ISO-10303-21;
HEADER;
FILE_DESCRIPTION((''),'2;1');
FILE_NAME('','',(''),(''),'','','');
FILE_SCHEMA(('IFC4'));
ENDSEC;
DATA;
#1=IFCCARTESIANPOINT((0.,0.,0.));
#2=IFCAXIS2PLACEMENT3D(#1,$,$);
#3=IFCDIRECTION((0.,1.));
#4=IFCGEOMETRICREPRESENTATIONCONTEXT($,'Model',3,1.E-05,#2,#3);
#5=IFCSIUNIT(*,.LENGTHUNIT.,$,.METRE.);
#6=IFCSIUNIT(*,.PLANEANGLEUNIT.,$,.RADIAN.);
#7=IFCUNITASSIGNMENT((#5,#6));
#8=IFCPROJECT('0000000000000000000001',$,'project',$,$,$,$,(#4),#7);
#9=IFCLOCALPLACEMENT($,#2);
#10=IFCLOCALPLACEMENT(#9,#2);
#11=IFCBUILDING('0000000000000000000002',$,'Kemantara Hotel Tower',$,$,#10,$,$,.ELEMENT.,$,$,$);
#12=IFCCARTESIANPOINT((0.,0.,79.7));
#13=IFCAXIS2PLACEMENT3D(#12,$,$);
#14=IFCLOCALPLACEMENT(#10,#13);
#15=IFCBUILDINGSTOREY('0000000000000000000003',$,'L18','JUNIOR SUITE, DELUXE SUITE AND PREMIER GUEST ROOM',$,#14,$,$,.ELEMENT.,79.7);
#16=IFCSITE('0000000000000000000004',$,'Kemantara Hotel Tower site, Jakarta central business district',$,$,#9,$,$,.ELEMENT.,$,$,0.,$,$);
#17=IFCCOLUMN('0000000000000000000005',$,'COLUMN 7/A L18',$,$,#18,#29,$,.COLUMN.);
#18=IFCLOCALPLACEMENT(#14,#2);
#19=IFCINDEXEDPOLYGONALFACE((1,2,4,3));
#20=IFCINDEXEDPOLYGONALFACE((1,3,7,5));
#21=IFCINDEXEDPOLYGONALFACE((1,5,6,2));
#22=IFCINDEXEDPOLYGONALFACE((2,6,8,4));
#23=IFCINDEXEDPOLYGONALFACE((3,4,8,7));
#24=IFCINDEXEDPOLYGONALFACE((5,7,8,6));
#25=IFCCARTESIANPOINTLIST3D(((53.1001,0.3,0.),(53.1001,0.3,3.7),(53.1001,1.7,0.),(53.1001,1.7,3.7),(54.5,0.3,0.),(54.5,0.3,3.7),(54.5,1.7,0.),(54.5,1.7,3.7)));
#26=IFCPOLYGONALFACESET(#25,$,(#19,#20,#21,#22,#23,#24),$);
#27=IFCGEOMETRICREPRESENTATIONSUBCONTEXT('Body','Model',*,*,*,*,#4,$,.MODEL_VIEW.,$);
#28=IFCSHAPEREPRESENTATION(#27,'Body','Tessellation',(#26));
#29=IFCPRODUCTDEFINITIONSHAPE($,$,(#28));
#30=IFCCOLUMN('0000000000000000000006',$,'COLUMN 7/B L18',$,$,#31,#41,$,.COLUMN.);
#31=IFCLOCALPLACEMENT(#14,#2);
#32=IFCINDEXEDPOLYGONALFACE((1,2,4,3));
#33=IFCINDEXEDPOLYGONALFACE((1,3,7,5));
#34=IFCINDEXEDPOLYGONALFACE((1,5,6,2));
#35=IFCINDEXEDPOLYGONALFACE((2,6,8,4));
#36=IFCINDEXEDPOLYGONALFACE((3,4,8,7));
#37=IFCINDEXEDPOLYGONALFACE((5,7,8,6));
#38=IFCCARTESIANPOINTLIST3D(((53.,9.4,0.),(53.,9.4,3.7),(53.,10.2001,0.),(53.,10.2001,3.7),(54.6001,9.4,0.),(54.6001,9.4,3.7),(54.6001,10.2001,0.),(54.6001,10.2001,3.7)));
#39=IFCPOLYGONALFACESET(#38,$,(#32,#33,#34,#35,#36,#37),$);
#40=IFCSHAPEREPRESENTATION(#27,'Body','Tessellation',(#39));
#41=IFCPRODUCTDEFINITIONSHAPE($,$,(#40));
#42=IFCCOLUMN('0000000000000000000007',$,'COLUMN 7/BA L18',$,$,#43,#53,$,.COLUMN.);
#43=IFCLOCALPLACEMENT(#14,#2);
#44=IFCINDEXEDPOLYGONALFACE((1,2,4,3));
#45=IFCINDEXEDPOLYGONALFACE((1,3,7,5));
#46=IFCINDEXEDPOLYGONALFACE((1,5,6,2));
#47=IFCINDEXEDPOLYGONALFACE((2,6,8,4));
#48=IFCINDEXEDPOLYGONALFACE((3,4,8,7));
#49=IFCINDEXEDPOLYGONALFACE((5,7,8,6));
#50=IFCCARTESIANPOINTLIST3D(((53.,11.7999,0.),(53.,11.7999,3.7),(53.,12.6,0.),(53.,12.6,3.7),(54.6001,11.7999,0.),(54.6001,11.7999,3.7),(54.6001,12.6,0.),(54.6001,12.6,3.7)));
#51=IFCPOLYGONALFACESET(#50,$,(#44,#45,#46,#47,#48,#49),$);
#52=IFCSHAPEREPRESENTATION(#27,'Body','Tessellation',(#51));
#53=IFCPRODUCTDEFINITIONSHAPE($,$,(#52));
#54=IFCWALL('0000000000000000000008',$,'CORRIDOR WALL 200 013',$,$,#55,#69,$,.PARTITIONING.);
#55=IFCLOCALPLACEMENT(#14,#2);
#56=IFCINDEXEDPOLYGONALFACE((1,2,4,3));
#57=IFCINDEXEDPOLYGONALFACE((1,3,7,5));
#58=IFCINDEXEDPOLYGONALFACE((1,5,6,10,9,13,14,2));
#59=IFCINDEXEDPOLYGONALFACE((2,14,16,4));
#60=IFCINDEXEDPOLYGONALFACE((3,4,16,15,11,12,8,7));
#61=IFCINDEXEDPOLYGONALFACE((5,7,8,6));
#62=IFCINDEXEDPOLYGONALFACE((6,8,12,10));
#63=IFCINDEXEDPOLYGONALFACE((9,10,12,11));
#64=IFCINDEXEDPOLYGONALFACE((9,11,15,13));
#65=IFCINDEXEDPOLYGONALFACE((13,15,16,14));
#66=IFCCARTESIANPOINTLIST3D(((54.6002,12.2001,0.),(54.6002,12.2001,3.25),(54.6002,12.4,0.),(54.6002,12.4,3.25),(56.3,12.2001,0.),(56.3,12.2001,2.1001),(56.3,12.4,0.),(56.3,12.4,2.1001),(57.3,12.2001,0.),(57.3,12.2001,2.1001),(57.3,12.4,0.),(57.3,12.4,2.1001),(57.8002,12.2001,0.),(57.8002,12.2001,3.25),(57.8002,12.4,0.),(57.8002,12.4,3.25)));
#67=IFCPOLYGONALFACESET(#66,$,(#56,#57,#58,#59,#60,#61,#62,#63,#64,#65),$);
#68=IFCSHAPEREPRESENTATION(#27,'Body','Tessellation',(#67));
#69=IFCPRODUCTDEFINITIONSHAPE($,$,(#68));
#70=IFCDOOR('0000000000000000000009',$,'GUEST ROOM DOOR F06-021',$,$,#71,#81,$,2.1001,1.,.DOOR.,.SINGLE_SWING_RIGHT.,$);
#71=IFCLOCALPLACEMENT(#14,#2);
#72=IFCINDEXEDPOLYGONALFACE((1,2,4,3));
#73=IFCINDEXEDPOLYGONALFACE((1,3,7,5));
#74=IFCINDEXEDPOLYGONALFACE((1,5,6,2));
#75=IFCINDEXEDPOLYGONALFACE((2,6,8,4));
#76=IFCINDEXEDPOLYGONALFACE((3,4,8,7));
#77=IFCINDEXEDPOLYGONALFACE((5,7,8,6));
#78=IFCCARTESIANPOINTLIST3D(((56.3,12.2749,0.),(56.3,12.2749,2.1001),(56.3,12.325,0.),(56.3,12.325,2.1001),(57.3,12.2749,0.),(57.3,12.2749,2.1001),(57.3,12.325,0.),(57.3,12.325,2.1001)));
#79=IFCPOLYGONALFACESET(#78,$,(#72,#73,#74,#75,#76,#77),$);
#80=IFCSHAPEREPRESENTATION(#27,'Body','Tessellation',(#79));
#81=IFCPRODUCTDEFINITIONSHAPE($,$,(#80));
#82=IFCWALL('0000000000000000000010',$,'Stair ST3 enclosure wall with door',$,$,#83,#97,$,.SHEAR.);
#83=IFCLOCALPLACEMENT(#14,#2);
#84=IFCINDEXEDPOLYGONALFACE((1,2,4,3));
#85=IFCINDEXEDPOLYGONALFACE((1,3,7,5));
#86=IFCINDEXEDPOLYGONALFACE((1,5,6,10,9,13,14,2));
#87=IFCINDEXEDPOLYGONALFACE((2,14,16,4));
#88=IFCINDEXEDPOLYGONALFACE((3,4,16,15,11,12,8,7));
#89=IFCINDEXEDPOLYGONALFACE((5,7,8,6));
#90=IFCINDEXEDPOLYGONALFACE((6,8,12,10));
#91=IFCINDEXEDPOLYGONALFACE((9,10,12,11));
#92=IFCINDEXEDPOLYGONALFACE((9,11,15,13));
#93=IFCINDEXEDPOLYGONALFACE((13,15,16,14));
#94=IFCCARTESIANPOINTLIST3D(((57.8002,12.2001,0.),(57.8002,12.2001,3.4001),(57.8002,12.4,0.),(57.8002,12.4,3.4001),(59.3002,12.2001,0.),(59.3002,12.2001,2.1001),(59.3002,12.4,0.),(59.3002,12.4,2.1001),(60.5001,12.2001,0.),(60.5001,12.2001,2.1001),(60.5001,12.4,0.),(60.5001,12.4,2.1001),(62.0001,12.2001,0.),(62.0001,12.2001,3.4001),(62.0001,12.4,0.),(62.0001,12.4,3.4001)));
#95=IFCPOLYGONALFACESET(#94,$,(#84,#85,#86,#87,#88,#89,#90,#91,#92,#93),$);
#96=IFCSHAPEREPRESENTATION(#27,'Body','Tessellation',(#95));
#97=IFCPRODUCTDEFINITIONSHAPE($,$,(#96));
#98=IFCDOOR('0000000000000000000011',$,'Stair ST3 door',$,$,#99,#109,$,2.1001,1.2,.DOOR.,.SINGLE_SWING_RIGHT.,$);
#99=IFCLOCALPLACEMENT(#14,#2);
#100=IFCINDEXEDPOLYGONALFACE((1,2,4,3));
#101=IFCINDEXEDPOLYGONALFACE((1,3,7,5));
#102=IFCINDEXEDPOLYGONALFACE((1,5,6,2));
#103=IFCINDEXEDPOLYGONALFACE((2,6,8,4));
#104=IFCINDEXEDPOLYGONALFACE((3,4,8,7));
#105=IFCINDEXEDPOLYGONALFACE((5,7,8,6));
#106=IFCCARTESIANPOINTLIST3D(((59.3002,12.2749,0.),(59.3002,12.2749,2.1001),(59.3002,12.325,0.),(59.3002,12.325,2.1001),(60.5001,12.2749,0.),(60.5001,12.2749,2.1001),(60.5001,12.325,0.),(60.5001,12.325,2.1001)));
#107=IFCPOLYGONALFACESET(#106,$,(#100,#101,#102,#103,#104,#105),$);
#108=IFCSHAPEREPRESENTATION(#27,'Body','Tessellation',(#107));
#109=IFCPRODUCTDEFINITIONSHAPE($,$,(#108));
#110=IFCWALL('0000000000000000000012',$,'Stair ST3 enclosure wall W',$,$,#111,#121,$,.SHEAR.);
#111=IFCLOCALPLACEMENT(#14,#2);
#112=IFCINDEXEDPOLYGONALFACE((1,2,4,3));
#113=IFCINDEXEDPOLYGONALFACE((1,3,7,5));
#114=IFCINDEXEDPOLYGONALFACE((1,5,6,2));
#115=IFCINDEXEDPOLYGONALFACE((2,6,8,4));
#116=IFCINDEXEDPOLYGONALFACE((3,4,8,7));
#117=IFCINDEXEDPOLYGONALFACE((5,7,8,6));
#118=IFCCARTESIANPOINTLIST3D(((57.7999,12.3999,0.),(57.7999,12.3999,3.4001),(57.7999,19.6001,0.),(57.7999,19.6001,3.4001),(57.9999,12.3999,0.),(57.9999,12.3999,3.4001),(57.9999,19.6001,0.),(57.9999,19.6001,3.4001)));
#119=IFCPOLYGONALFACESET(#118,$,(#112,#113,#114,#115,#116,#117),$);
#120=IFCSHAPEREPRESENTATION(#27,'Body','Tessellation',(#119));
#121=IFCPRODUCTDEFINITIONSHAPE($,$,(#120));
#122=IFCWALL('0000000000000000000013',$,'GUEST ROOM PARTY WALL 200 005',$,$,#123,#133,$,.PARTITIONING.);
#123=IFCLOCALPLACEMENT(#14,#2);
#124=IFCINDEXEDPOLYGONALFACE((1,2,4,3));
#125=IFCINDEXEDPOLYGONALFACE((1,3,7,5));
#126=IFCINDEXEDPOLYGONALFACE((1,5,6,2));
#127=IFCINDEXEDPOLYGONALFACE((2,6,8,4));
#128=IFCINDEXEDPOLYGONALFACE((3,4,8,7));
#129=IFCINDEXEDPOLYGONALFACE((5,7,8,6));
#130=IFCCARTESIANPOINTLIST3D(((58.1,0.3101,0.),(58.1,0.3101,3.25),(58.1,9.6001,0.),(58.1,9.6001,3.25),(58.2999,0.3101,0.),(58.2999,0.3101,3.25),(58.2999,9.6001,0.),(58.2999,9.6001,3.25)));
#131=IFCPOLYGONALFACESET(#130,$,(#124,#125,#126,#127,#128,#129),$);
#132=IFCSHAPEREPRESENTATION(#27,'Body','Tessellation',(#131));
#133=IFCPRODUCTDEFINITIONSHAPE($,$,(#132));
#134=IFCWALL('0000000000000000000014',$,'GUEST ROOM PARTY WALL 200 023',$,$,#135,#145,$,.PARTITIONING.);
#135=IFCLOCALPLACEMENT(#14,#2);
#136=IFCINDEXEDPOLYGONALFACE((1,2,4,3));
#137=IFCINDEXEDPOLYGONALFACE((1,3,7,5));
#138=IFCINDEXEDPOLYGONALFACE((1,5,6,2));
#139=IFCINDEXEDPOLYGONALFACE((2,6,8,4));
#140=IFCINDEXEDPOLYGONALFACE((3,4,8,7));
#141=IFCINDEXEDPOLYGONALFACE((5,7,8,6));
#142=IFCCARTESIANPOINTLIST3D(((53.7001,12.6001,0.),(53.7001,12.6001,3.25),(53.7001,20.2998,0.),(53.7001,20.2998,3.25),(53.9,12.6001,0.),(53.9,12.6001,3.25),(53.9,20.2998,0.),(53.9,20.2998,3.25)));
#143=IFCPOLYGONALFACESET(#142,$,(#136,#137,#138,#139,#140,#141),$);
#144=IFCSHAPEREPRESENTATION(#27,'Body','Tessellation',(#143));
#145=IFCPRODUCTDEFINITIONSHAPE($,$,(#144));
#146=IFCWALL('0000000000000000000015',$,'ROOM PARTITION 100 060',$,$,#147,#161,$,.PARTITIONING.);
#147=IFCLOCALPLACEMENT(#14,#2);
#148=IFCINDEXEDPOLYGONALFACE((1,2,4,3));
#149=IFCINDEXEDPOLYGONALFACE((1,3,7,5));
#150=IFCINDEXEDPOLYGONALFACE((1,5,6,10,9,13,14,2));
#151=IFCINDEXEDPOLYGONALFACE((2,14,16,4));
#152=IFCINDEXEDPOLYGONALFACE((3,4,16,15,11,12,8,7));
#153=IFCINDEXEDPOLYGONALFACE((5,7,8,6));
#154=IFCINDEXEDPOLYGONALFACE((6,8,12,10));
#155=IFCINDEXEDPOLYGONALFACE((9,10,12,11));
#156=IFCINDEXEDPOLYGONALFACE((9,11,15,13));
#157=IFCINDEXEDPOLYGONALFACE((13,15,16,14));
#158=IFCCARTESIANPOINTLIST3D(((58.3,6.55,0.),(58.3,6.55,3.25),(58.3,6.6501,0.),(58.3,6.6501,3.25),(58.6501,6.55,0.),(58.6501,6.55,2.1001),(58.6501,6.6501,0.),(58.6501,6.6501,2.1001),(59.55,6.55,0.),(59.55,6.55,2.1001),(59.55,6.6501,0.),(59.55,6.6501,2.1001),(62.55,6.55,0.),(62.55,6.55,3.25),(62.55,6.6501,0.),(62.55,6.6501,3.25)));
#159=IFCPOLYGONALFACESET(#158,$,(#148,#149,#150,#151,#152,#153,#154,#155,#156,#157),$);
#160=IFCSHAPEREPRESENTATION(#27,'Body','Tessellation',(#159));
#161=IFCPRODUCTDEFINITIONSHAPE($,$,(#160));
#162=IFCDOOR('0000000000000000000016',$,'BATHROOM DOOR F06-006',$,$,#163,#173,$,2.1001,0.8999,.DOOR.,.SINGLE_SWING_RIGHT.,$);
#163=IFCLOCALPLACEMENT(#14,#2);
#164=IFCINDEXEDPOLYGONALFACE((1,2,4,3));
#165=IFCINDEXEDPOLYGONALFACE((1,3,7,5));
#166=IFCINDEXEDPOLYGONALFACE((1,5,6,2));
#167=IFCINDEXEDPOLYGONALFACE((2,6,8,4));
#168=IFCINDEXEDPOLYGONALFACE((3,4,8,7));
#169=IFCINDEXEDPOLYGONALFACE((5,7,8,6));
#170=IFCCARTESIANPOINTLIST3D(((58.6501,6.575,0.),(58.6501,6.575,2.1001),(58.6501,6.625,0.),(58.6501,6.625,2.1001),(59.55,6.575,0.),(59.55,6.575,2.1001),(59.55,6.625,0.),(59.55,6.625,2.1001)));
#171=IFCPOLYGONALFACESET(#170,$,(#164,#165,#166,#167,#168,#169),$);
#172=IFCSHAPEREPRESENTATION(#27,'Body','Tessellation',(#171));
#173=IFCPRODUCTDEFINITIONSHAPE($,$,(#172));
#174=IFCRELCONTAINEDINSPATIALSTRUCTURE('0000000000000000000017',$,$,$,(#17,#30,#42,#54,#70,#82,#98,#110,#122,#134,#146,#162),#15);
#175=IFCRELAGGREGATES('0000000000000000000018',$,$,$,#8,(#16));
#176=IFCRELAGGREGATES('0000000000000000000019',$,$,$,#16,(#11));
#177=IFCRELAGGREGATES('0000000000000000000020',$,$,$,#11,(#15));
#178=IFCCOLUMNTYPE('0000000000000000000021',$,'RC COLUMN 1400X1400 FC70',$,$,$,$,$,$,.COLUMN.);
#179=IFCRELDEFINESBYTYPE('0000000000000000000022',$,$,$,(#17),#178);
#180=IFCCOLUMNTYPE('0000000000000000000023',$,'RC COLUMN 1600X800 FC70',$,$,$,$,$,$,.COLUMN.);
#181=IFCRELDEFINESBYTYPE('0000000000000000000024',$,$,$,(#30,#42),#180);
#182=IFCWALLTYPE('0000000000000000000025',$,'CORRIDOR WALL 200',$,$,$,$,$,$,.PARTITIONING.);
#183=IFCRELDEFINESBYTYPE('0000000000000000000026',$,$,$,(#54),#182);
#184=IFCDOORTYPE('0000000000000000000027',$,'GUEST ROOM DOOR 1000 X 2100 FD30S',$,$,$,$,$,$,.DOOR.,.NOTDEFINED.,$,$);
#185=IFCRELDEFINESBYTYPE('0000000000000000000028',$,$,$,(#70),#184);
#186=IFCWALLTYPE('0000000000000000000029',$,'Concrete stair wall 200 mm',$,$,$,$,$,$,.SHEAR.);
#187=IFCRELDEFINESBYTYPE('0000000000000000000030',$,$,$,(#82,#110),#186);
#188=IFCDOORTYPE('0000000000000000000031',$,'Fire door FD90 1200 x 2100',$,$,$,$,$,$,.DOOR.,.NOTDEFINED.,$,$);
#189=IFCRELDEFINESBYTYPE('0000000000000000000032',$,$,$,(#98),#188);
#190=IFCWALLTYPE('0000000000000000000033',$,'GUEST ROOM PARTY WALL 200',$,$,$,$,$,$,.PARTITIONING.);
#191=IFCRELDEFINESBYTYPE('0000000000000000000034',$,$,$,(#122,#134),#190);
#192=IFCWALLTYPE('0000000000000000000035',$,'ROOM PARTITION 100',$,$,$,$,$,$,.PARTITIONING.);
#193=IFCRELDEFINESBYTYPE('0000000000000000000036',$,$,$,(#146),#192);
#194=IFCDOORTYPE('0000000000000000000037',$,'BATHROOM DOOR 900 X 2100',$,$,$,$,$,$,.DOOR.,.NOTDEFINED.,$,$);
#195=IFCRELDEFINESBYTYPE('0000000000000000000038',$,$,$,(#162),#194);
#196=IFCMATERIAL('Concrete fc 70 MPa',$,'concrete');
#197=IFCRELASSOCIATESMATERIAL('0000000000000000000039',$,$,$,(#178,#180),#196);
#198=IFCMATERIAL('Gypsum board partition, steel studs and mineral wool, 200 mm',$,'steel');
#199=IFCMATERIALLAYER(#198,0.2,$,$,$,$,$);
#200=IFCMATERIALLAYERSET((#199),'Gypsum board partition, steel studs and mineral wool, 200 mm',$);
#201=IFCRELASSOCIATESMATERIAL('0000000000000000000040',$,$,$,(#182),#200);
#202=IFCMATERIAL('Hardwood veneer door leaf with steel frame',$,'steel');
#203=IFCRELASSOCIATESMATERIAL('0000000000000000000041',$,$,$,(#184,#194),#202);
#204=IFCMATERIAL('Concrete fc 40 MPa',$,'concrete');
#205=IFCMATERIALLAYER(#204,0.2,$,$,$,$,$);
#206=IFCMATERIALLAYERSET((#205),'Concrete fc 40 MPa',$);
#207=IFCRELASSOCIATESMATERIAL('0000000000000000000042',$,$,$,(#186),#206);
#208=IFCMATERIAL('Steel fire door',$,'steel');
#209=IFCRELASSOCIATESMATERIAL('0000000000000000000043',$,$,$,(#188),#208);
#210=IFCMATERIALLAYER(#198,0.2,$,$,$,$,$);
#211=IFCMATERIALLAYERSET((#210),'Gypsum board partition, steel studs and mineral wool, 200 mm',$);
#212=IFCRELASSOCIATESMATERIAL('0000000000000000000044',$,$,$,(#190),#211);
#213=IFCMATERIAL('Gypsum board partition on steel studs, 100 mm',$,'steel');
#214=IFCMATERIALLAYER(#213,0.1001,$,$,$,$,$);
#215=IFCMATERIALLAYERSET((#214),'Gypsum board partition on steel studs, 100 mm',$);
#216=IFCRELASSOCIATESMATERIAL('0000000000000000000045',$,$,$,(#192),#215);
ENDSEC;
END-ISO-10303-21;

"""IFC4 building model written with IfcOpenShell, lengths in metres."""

from ifc_helpers import new_model, si_unit, direction, frame, frame_2d, origin, origin_2d, place, context, subcontext, project, spatial, rectangle, extrude, material, layer, layer_set, material_profile, profile_set, type_object, element, fill, save


model = new_model("IFC4")

# Units and contexts
model_context = context("Model", 3, precision=1e-05, world=origin(), true_north=direction((0.0, 1.0)))
body_context = subcontext(model_context, "Body", "Model", "MODEL_VIEW")
ifc_project = project(units=[si_unit("LENGTHUNIT", "METRE"), si_unit("PLANEANGLEUNIT", "RADIAN")], contexts=[model_context])

# Site, building, storey
site_placement = place(None, origin())
site = spatial("IfcSite", under=ifc_project, at=site_placement, Name="Kemantara Hotel Tower site, Jakarta central business district", CompositionType="ELEMENT", RefElevation=0.0)
building_placement = place(site_placement, origin())
building = spatial("IfcBuilding", under=site, at=building_placement, Name="Kemantara Hotel Tower", CompositionType="ELEMENT")
storey_placement = place(building_placement, frame((0.0, 0.0, 79.7)))
storey = spatial("IfcBuildingStorey", under=building, at=storey_placement, Name="L18", Description="JUNIOR SUITE, DELUXE SUITE AND PREMIER GUEST ROOM", CompositionType="ELEMENT", Elevation=79.7)

# Columns
ifc_material_1 = material(Name="Concrete fc 70 MPa", Category="concrete")
ifc_material_profile_1 = material_profile(ifc_material_1, rectangle(XDim=1.3999, YDim=1.3999, at=origin_2d()), Name="RC 1400X1400")
ifc_profile_set_1 = profile_set([ifc_material_profile_1], Name="Concrete fc 70 MPa")
column_type_1 = type_object("IfcColumnType", Name="RC COLUMN 1400X1400 FC70", PredefinedType="COLUMN", material=ifc_profile_set_1)
column_placement = place(storey_placement, frame((53.8, 1.0, 0.0), z_axis=(0.0, 0.0, 1.0), x_axis=(1.0, 0.0, 0.0)))
element("IfcColumn", 1, at=column_placement, inside=storey, type_object=column_type_1, Name="COLUMN 7/A L18", PredefinedType="COLUMN", context=body_context, shape_type="SweptSolid", body=[
    extrude(rectangle(XDim=1.3999, YDim=1.3999, at=origin_2d()), origin(), (0.0, 0.0, 1.0), 3.7),
])
ifc_material_profile_2 = material_profile(ifc_material_1, rectangle(XDim=1.6001, YDim=0.8, at=origin_2d()), Name="RC 1600X800")
ifc_profile_set_2 = profile_set([ifc_material_profile_2], Name="Concrete fc 70 MPa")
column_type_2 = type_object("IfcColumnType", Name="RC COLUMN 1600X800 FC70", PredefinedType="COLUMN", material=ifc_profile_set_2)
for number, where, z_axis, x_axis, name in (
    (2, (53.8, 9.8, 0.0), (0.0, 0.0, 1.0), (1.0, 0.0, 0.0), "COLUMN 7/B L18"),
    (3, (53.8, 12.2, 0.0), (0.0, 0.0, 1.0), (1.0, 0.0, 0.0), "COLUMN 7/BA L18"),
):
    element("IfcColumn", number, at=place(storey_placement, frame(where, z_axis=z_axis, x_axis=x_axis)), inside=storey, type_object=column_type_2, Name=name, PredefinedType="COLUMN", context=body_context, shape_type="SweptSolid", body=[
        extrude(rectangle(XDim=1.6001, YDim=0.8, at=origin_2d()), origin(), (0.0, 0.0, 1.0), 3.7),
    ])

# Walls, openings, doors
ifc_material_2 = material(Name="Gypsum board partition, steel studs and mineral wool, 200 mm", Category="steel")
ifc_layer_1 = layer(ifc_material_2, 0.2)
ifc_layer_set_1 = layer_set([ifc_layer_1], Name="Gypsum board partition, steel studs and mineral wool, 200 mm")
wall_type_1 = type_object("IfcWallType", Name="CORRIDOR WALL 200", PredefinedType="PARTITIONING", material=ifc_layer_set_1)
wall_1_placement = place(storey_placement, frame((54.6001, 12.3, 0.0), z_axis=(0.0, 0.0, 1.0), x_axis=(1.0, 0.0, 0.0)))
wall_1 = element("IfcWall", 4, at=wall_1_placement, inside=storey, type_object=wall_type_1, Name="CORRIDOR WALL 200 013", PredefinedType="PARTITIONING", context=body_context, shape_type="SweptSolid", body=[
    extrude(rectangle(XDim=3.2, YDim=0.2, at=frame_2d((1.6001, 0.0))), origin(), (0.0, 0.0, 1.0), 3.25),
])
opening_1_placement = place(wall_1_placement, frame((1.7, 0.0, 0.0)))
opening_1 = element("IfcOpeningElement", 5, at=opening_1_placement, cuts=wall_1, PredefinedType="OPENING", context=body_context, shape_type="SweptSolid", body=[
    extrude(rectangle(XDim=1.0, YDim=2.1001, at=frame_2d((0.5, 1.05))), frame((0.0, 0.1099, 0.0), z_axis=(0.0, -1.0, 0.0), x_axis=(1.0, 0.0, 0.0)), (0.0, 0.0, 1.0), 0.22),
])
ifc_material_3 = material(Name="Hardwood veneer door leaf with steel frame", Category="steel")
door_type_1 = type_object("IfcDoorType", Name="GUEST ROOM DOOR 1000 X 2100 FD30S", OperationType="NOTDEFINED", PredefinedType="DOOR", material=ifc_material_3)
door_1_placement = place(opening_1_placement, origin())
door_1 = element("IfcDoor", 6, at=door_1_placement, inside=storey, type_object=door_type_1, Name="GUEST ROOM DOOR F06-021", OperationType="SINGLE_SWING_RIGHT", OverallHeight=2.1001, OverallWidth=1.0, PredefinedType="DOOR", context=body_context, shape_type="SweptSolid", body=[
    extrude(rectangle(XDim=1.0, YDim=2.1001, at=frame_2d((0.5, 1.05))), frame((0.0, 0.0249, 0.0), z_axis=(0.0, -1.0, 0.0), x_axis=(1.0, 0.0, 0.0)), (0.0, 0.0, 1.0), 0.05),
])
fill(opening_1, door_1)
ifc_material_4 = material(Name="Concrete fc 40 MPa", Category="concrete")
ifc_layer_2 = layer(ifc_material_4, 0.2)
ifc_layer_set_2 = layer_set([ifc_layer_2], Name="Concrete fc 40 MPa")
wall_type_2 = type_object("IfcWallType", Name="Concrete stair wall 200 mm", PredefinedType="SHEAR", material=ifc_layer_set_2)
wall_2_placement = place(storey_placement, frame((57.8, 12.3, 0.0), z_axis=(0.0, 0.0, 1.0), x_axis=(1.0, 0.0, 0.0)))
wall_2 = element("IfcWall", 7, at=wall_2_placement, inside=storey, type_object=wall_type_2, Name="Stair ST3 enclosure wall with door", PredefinedType="SHEAR", context=body_context, shape_type="SweptSolid", body=[
    extrude(rectangle(XDim=4.2, YDim=0.2, at=frame_2d((2.1001, 0.0))), origin(), (0.0, 0.0, 1.0), 3.4001),
])
opening_2_placement = place(wall_2_placement, frame((1.5, 0.0, 0.0)))
opening_2 = element("IfcOpeningElement", 8, at=opening_2_placement, cuts=wall_2, PredefinedType="OPENING", context=body_context, shape_type="SweptSolid", body=[
    extrude(rectangle(XDim=1.2, YDim=2.1001, at=frame_2d((0.6001, 1.05))), frame((0.0, 0.1099, 0.0), z_axis=(0.0, -1.0, 0.0), x_axis=(1.0, 0.0, 0.0)), (0.0, 0.0, 1.0), 0.22),
])
ifc_material_5 = material(Name="Steel fire door", Category="steel")
door_type_2 = type_object("IfcDoorType", Name="Fire door FD90 1200 x 2100", OperationType="NOTDEFINED", PredefinedType="DOOR", material=ifc_material_5)
door_2_placement = place(opening_2_placement, origin())
door_2 = element("IfcDoor", 9, at=door_2_placement, inside=storey, type_object=door_type_2, Name="Stair ST3 door", OperationType="SINGLE_SWING_RIGHT", OverallHeight=2.1001, OverallWidth=1.2, PredefinedType="DOOR", context=body_context, shape_type="SweptSolid", body=[
    extrude(rectangle(XDim=1.2, YDim=2.1001, at=frame_2d((0.6001, 1.05))), frame((0.0, 0.0249, 0.0), z_axis=(0.0, -1.0, 0.0), x_axis=(1.0, 0.0, 0.0)), (0.0, 0.0, 1.0), 0.05),
])
fill(opening_2, door_2)

# Walls
wall_3_placement = place(storey_placement, frame((57.8999, 12.3999, 0.0), z_axis=(0.0, 0.0, 1.0), x_axis=(0.0, 1.0, 0.0)))
element("IfcWall", 10, at=wall_3_placement, inside=storey, type_object=wall_type_2, Name="Stair ST3 enclosure wall W", PredefinedType="SHEAR", context=body_context, shape_type="SweptSolid", body=[
    extrude(rectangle(XDim=7.2002, YDim=0.2, at=frame_2d((3.6001, 0.0))), origin(), (0.0, 0.0, 1.0), 3.4001),
])
ifc_layer_3 = layer(ifc_material_2, 0.2)
ifc_layer_set_3 = layer_set([ifc_layer_3], Name="Gypsum board partition, steel studs and mineral wool, 200 mm")
wall_type_3 = type_object("IfcWallType", Name="GUEST ROOM PARTY WALL 200", PredefinedType="PARTITIONING", material=ifc_layer_set_3)
wall_4_placement = place(storey_placement, frame((58.2, 0.3101, 0.0), z_axis=(0.0, 0.0, 1.0), x_axis=(0.0, 1.0, 0.0)))
element("IfcWall", 11, at=wall_4_placement, inside=storey, type_object=wall_type_3, Name="GUEST ROOM PARTY WALL 200 005", PredefinedType="PARTITIONING", context=body_context, shape_type="SweptSolid", body=[
    extrude(rectangle(XDim=9.29, YDim=0.2, at=frame_2d((4.645, 0.0))), origin(), (0.0, 0.0, 1.0), 3.25),
])
wall_5_placement = place(storey_placement, frame((53.8, 12.6001, 0.0), z_axis=(0.0, 0.0, 1.0), x_axis=(0.0, 1.0, 0.0)))
element("IfcWall", 12, at=wall_5_placement, inside=storey, type_object=wall_type_3, Name="GUEST ROOM PARTY WALL 200 023", PredefinedType="PARTITIONING", context=body_context, shape_type="SweptSolid", body=[
    extrude(rectangle(XDim=7.6997, YDim=0.2, at=frame_2d((3.8499, 0.0))), origin(), (0.0, 0.0, 1.0), 3.25),
])

# Wall, opening, door
ifc_material_6 = material(Name="Gypsum board partition on steel studs, 100 mm", Category="steel")
ifc_layer_4 = layer(ifc_material_6, 0.1001)
ifc_layer_set_4 = layer_set([ifc_layer_4], Name="Gypsum board partition on steel studs, 100 mm")
wall_type_4 = type_object("IfcWallType", Name="ROOM PARTITION 100", PredefinedType="PARTITIONING", material=ifc_layer_set_4)
wall_6_placement = place(storey_placement, frame((58.3, 6.6001, 0.0), z_axis=(0.0, 0.0, 1.0), x_axis=(1.0, 0.0, 0.0)))
wall_6 = element("IfcWall", 13, at=wall_6_placement, inside=storey, type_object=wall_type_4, Name="ROOM PARTITION 100 060", PredefinedType="PARTITIONING", context=body_context, shape_type="SweptSolid", body=[
    extrude(rectangle(XDim=4.25, YDim=0.1001, at=frame_2d((2.125, 0.0))), origin(), (0.0, 0.0, 1.0), 3.25),
])
opening_3_placement = place(wall_6_placement, frame((0.3501, 0.0, 0.0)))
opening_3 = element("IfcOpeningElement", 14, at=opening_3_placement, cuts=wall_6, PredefinedType="OPENING", context=body_context, shape_type="SweptSolid", body=[
    extrude(rectangle(XDim=0.8999, YDim=2.1001, at=frame_2d((0.45, 1.05))), frame((0.0, 0.0601, 0.0), z_axis=(0.0, -1.0, 0.0), x_axis=(1.0, 0.0, 0.0)), (0.0, 0.0, 1.0), 0.1201),
])
door_type_3 = type_object("IfcDoorType", Name="BATHROOM DOOR 900 X 2100", OperationType="NOTDEFINED", PredefinedType="DOOR", material=ifc_material_3)
door_3_placement = place(opening_3_placement, origin())
door_3 = element("IfcDoor", 15, at=door_3_placement, inside=storey, type_object=door_type_3, Name="BATHROOM DOOR F06-006", OperationType="SINGLE_SWING_RIGHT", OverallHeight=2.1001, OverallWidth=0.8999, PredefinedType="DOOR", context=body_context, shape_type="SweptSolid", body=[
    extrude(rectangle(XDim=0.8999, YDim=2.1001, at=frame_2d((0.45, 1.05))), frame((0.0, 0.0249, 0.0), z_axis=(0.0, -1.0, 0.0), x_axis=(1.0, 0.0, 0.0)), (0.0, 0.0, 1.0), 0.05),
])
fill(opening_3, door_3)

save(model, "model.ifc")
